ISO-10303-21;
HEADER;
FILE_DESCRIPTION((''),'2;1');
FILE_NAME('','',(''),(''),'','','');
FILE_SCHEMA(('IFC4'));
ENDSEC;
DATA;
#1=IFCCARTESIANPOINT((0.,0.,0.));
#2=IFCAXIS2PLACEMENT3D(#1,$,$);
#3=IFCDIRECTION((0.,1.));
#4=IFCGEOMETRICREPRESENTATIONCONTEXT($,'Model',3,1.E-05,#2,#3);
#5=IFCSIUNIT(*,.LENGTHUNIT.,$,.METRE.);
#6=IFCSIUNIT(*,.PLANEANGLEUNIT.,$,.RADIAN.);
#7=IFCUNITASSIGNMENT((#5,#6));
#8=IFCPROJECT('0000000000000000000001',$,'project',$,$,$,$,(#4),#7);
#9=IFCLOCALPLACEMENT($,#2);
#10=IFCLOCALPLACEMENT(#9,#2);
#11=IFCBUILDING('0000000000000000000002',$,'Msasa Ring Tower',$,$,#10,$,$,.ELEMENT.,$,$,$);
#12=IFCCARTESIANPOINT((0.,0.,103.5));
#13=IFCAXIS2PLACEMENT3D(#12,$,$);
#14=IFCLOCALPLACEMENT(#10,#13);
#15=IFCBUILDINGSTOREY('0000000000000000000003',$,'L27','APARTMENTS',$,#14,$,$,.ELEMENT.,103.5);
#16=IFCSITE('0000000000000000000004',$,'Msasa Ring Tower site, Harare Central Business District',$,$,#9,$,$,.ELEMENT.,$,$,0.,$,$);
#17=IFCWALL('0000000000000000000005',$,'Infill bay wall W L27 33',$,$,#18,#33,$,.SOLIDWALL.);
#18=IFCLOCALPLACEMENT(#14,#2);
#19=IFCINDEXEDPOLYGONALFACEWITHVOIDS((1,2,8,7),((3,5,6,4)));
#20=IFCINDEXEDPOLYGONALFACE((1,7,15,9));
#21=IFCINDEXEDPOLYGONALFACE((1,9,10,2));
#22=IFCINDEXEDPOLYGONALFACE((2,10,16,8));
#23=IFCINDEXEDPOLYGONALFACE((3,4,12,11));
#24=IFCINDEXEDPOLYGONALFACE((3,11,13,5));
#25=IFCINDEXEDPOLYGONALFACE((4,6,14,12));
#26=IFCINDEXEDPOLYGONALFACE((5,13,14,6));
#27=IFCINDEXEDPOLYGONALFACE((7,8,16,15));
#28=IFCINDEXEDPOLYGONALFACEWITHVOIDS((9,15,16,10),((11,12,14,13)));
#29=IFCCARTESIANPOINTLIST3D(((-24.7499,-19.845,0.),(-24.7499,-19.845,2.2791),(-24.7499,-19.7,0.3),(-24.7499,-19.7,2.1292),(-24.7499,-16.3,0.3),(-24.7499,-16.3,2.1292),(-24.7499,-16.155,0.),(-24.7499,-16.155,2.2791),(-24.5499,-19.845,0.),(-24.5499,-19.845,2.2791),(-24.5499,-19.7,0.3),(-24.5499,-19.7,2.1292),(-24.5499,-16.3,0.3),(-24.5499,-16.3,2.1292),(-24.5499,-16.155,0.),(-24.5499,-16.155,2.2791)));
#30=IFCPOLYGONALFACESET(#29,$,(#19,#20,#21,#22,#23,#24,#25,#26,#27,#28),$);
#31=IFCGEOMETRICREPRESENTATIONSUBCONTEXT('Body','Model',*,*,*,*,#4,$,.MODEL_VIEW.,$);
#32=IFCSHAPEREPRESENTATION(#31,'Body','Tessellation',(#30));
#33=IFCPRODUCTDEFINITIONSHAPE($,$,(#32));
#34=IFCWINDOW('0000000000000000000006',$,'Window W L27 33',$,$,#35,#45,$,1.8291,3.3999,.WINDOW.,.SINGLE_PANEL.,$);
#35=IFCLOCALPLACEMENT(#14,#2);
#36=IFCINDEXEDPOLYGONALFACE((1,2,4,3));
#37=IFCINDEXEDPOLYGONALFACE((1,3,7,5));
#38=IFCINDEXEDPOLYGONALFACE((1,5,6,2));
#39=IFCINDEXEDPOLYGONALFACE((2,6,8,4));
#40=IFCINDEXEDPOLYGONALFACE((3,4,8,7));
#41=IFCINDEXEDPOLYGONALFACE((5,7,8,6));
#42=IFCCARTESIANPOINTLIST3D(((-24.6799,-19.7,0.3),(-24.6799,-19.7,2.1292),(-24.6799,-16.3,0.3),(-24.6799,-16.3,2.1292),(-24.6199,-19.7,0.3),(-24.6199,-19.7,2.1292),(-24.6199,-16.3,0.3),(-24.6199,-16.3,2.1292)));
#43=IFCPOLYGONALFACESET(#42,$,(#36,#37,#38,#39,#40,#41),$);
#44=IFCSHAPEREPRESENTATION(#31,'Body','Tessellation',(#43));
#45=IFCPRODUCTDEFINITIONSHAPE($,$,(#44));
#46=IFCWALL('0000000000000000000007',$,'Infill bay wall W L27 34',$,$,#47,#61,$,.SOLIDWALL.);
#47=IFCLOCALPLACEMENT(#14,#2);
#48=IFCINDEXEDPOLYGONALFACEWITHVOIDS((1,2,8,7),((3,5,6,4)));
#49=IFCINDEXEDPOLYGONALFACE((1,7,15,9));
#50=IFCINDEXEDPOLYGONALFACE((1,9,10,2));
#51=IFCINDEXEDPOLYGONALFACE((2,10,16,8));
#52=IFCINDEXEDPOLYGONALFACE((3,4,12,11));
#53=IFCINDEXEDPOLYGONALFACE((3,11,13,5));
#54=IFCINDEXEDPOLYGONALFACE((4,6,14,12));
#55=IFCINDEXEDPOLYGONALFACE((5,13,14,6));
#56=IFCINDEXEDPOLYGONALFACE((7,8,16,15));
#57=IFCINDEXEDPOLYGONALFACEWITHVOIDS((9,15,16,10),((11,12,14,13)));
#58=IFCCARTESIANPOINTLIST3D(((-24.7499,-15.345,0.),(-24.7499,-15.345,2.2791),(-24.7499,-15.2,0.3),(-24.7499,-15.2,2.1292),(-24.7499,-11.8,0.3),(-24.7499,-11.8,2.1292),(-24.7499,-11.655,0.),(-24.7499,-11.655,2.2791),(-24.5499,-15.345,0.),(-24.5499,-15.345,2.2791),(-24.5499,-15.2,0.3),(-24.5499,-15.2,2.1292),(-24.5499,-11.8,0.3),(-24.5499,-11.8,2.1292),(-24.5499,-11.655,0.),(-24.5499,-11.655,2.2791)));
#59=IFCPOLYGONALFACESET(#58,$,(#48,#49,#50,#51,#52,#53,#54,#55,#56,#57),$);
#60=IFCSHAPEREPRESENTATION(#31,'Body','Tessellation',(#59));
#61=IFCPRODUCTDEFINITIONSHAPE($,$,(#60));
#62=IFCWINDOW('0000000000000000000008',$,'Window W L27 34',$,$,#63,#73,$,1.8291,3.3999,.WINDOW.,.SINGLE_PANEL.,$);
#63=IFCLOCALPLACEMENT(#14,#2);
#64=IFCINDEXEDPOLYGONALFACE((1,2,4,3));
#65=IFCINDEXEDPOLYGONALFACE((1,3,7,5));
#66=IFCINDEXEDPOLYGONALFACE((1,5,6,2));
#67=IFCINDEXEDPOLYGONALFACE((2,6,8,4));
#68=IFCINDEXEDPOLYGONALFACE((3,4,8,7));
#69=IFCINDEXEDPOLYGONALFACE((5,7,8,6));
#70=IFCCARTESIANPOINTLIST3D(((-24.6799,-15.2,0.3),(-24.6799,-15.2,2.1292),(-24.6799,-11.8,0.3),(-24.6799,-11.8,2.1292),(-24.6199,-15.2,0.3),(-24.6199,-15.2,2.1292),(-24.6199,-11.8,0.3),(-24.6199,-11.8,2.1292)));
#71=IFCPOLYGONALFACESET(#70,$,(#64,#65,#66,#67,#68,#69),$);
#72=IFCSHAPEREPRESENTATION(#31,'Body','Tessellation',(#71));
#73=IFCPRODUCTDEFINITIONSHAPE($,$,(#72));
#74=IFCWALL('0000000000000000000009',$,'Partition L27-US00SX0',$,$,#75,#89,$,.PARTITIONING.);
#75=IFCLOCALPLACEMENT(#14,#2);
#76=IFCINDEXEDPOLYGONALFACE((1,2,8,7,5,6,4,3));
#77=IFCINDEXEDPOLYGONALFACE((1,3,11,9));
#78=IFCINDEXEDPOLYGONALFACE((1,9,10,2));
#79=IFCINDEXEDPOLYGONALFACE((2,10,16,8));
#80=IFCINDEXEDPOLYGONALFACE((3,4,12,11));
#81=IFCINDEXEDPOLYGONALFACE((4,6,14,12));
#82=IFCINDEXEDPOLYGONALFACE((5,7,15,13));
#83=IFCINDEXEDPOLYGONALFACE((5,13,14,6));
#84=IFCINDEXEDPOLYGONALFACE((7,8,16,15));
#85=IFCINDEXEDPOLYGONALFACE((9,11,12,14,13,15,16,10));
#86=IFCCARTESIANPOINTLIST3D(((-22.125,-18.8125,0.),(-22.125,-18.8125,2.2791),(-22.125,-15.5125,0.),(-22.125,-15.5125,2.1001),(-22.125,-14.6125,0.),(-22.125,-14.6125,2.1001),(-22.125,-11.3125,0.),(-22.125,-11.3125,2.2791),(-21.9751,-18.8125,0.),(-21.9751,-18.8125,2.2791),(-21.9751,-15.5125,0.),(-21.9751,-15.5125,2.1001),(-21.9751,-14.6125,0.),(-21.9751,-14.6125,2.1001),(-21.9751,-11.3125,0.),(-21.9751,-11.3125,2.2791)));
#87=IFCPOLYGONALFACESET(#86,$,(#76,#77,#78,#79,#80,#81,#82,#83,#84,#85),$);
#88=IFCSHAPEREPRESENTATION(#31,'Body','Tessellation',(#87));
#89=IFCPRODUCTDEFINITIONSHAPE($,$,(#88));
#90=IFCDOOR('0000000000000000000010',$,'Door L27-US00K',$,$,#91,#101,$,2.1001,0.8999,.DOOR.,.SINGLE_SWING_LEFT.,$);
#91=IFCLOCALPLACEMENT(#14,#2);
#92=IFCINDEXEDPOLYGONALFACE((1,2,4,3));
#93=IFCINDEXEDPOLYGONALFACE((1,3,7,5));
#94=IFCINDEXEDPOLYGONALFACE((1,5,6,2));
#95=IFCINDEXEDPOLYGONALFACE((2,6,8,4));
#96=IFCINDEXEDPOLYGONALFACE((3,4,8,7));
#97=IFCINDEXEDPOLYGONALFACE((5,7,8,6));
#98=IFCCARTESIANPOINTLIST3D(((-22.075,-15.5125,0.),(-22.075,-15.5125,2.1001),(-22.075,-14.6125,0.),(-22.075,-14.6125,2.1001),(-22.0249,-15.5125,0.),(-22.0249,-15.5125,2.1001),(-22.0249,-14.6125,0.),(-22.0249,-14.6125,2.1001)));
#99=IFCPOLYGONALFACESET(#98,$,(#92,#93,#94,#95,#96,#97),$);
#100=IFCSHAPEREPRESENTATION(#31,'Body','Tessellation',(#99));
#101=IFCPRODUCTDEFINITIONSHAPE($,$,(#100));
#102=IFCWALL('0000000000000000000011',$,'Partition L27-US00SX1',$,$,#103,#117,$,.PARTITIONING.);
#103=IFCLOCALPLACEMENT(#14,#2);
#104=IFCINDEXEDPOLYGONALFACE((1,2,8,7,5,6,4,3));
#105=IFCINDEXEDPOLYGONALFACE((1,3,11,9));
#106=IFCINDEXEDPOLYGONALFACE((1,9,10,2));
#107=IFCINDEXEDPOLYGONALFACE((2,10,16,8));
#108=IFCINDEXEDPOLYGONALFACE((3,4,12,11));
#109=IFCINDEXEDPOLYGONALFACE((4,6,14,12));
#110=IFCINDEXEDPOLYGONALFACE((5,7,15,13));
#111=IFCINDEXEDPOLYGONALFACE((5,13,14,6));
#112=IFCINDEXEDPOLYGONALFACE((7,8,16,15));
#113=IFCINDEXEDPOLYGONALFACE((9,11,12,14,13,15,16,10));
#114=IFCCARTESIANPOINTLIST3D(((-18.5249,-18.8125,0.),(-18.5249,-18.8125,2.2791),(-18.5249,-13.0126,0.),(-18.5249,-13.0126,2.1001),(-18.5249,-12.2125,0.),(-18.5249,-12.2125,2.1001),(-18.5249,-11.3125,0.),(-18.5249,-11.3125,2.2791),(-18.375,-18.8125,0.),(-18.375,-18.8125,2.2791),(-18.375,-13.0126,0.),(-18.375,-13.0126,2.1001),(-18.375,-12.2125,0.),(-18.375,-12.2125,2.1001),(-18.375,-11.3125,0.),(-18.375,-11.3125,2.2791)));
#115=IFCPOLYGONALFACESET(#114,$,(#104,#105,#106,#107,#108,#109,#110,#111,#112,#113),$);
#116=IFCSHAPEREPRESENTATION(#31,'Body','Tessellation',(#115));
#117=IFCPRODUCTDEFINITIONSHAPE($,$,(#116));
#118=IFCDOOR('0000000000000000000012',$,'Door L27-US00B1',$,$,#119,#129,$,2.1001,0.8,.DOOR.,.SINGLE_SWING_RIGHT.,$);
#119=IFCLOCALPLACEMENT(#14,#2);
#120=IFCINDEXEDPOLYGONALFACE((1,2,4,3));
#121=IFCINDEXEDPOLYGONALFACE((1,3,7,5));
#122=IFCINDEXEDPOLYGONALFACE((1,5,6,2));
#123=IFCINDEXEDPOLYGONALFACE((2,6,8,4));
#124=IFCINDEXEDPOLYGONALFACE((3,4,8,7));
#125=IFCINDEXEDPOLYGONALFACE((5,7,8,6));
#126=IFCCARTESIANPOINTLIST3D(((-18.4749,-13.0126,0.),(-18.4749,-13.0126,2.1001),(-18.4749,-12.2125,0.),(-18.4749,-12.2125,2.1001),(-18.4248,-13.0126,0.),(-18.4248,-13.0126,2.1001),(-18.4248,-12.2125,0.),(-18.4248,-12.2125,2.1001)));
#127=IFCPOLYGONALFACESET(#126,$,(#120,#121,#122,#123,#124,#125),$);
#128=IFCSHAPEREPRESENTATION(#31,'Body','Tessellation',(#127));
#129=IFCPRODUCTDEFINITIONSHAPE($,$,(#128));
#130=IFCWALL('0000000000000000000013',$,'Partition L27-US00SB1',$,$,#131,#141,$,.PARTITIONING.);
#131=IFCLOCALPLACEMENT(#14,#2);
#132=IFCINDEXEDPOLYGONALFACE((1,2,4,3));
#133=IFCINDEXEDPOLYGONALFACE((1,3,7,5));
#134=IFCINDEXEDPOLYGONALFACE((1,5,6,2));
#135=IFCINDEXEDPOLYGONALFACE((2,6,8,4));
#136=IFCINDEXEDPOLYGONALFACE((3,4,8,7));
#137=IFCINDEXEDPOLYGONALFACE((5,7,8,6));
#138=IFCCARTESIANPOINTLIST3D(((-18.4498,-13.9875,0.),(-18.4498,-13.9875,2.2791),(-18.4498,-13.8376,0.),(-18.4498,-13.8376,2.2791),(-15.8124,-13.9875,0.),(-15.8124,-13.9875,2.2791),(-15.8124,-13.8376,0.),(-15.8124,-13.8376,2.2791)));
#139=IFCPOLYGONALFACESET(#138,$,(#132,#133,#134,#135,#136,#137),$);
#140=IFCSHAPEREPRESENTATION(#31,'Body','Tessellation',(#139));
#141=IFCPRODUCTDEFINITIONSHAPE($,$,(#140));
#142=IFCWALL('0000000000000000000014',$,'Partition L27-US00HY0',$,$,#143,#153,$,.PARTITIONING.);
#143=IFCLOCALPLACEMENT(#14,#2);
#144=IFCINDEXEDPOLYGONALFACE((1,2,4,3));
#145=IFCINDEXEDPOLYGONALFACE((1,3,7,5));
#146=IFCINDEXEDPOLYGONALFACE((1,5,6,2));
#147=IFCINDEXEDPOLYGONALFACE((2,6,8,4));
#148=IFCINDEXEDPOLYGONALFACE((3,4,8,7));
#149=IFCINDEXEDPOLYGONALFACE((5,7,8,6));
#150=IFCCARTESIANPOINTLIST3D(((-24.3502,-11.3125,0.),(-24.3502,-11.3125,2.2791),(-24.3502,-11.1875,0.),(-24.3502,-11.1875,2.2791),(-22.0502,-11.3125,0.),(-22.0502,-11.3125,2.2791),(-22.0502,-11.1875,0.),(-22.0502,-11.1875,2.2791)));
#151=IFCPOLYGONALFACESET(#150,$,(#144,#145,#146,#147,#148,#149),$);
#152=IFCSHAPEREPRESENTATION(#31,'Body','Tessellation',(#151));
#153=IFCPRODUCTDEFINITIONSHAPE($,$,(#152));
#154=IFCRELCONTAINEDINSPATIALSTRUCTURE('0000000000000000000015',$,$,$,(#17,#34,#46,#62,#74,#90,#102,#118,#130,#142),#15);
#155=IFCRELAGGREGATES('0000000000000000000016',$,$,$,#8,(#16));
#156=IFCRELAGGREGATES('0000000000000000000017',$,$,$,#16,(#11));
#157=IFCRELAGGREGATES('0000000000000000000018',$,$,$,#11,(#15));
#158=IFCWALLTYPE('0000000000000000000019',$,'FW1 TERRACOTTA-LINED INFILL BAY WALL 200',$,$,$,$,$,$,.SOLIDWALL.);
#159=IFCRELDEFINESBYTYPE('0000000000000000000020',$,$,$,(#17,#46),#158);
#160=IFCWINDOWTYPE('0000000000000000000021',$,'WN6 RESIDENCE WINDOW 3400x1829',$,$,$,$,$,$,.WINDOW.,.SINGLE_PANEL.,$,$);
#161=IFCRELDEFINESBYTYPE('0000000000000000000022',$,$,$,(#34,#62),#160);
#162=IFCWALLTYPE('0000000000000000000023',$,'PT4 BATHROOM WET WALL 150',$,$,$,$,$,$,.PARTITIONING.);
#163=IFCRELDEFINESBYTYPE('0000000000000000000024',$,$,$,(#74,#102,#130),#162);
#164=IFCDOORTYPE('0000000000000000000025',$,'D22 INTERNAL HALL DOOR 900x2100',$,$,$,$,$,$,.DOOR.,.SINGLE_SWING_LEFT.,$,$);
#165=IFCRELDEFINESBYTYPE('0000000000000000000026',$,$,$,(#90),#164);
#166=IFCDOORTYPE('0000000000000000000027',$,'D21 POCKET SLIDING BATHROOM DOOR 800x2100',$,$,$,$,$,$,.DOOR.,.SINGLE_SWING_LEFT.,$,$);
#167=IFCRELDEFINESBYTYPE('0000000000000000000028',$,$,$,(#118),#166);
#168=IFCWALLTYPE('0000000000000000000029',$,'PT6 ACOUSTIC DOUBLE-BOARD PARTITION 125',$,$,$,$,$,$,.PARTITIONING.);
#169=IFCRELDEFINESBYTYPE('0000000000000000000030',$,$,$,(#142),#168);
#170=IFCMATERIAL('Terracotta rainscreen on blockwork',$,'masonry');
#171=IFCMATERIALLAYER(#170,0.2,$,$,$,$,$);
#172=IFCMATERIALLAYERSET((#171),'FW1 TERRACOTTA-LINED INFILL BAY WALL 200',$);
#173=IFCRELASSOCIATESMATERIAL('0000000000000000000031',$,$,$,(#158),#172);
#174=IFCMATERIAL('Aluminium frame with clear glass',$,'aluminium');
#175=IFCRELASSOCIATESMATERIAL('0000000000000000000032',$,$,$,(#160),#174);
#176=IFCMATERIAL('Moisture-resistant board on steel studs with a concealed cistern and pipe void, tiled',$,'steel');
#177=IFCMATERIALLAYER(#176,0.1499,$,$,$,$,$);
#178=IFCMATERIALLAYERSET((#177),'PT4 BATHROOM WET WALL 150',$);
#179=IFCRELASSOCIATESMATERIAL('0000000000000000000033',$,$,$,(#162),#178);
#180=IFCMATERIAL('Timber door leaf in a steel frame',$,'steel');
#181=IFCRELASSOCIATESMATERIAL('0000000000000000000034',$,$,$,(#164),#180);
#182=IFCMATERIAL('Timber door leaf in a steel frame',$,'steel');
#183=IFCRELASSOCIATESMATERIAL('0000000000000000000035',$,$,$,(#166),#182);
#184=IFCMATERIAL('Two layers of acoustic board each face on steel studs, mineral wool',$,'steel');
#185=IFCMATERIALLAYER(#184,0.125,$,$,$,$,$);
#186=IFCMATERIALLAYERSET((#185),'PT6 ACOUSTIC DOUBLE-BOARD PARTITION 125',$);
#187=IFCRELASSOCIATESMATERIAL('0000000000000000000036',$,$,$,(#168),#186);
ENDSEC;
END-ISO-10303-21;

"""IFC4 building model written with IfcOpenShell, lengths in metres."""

from ifc_helpers import new_model, si_unit, direction, frame, frame_2d, origin, place, context, subcontext, project, spatial, rectangle, extrude, material, layer, layer_set, type_object, element, fill, save


model = new_model("IFC4")

# Units and contexts
model_context = context("Model", 3, precision=1e-05, world=origin(), true_north=direction((0.0, 1.0)))
body_context = subcontext(model_context, "Body", "Model", "MODEL_VIEW")
ifc_project = project(units=[si_unit("LENGTHUNIT", "METRE"), si_unit("PLANEANGLEUNIT", "RADIAN")], contexts=[model_context])

# Site, building, storey
site_placement = place(None, origin())
site = spatial("IfcSite", under=ifc_project, at=site_placement, Name="Msasa Ring Tower site, Harare Central Business District", CompositionType="ELEMENT", RefElevation=0.0)
building_placement = place(site_placement, origin())
building = spatial("IfcBuilding", under=site, at=building_placement, Name="Msasa Ring Tower", CompositionType="ELEMENT")
storey_placement = place(building_placement, frame((0.0, 0.0, 103.5)))
storey = spatial("IfcBuildingStorey", under=building, at=storey_placement, Name="L27", Description="APARTMENTS", CompositionType="ELEMENT", Elevation=103.5)

# Walls, openings, windows
ifc_material_1 = material(Name="Terracotta rainscreen on blockwork", Category="masonry")
ifc_layer_1 = layer(ifc_material_1, 0.2)
ifc_layer_set_1 = layer_set([ifc_layer_1], Name="FW1 TERRACOTTA-LINED INFILL BAY WALL 200")
wall_type_1 = type_object("IfcWallType", Name="FW1 TERRACOTTA-LINED INFILL BAY WALL 200", PredefinedType="SOLIDWALL", material=ifc_layer_set_1)
wall_1_placement = place(storey_placement, frame((-24.6499, -19.845, 0.0), z_axis=(0.0, 0.0, 1.0), x_axis=(0.0, 1.0, 0.0)))
wall_1 = element("IfcWall", 1, at=wall_1_placement, inside=storey, type_object=wall_type_1, Name="Infill bay wall W L27 33", PredefinedType="SOLIDWALL", context=body_context, shape_type="SweptSolid", body=[
    extrude(rectangle(XDim=3.6899, YDim=0.2, at=frame_2d((1.845, 0.0))), origin(), (0.0, 0.0, 1.0), 2.2791),
])
opening_1_placement = place(wall_1_placement, frame((0.145, 0.0, 0.3)))
opening_1 = element("IfcOpeningElement", 2, at=opening_1_placement, cuts=wall_1, PredefinedType="OPENING", context=body_context, shape_type="SweptSolid", body=[
    extrude(rectangle(XDim=3.3999, YDim=1.8291, at=frame_2d((1.7, 0.9146))), frame((0.0, 0.1099, 0.0), z_axis=(0.0, -1.0, 0.0), x_axis=(1.0, 0.0, 0.0)), (0.0, 0.0, 1.0), 0.22),
])
ifc_material_2 = material(Name="Aluminium frame with clear glass", Category="aluminium")
window_type = type_object("IfcWindowType", Name="WN6 RESIDENCE WINDOW 3400x1829", PartitioningType="SINGLE_PANEL", PredefinedType="WINDOW", material=ifc_material_2)
window_1_placement = place(opening_1_placement, origin())
window_1 = element("IfcWindow", 3, at=window_1_placement, inside=storey, type_object=window_type, Name="Window W L27 33", OverallHeight=1.8291, OverallWidth=3.3999, PartitioningType="SINGLE_PANEL", PredefinedType="WINDOW", context=body_context, shape_type="SweptSolid", body=[
    extrude(rectangle(XDim=3.3999, YDim=1.8291, at=frame_2d((1.7, 0.9146))), frame((0.0, 0.03, 0.0), z_axis=(0.0, -1.0, 0.0), x_axis=(1.0, 0.0, 0.0)), (0.0, 0.0, 1.0), 0.0601),
])
fill(opening_1, window_1)
wall_2_placement = place(storey_placement, frame((-24.6499, -15.345, 0.0), z_axis=(0.0, 0.0, 1.0), x_axis=(0.0, 1.0, 0.0)))
wall_2 = element("IfcWall", 4, at=wall_2_placement, inside=storey, type_object=wall_type_1, Name="Infill bay wall W L27 34", PredefinedType="SOLIDWALL", context=body_context, shape_type="SweptSolid", body=[
    extrude(rectangle(XDim=3.6899, YDim=0.2, at=frame_2d((1.845, 0.0))), origin(), (0.0, 0.0, 1.0), 2.2791),
])
opening_2_placement = place(wall_2_placement, frame((0.145, 0.0, 0.3)))
opening_2 = element("IfcOpeningElement", 5, at=opening_2_placement, cuts=wall_2, PredefinedType="OPENING", context=body_context, shape_type="SweptSolid", body=[
    extrude(rectangle(XDim=3.3999, YDim=1.8291, at=frame_2d((1.7, 0.9146))), frame((0.0, 0.1099, 0.0), z_axis=(0.0, -1.0, 0.0), x_axis=(1.0, 0.0, 0.0)), (0.0, 0.0, 1.0), 0.22),
])
window_2_placement = place(opening_2_placement, origin())
window_2 = element("IfcWindow", 6, at=window_2_placement, inside=storey, type_object=window_type, Name="Window W L27 34", OverallHeight=1.8291, OverallWidth=3.3999, PartitioningType="SINGLE_PANEL", PredefinedType="WINDOW", context=body_context, shape_type="SweptSolid", body=[
    extrude(rectangle(XDim=3.3999, YDim=1.8291, at=frame_2d((1.7, 0.9146))), frame((0.0, 0.03, 0.0), z_axis=(0.0, -1.0, 0.0), x_axis=(1.0, 0.0, 0.0)), (0.0, 0.0, 1.0), 0.0601),
])
fill(opening_2, window_2)

# Walls, openings, doors
ifc_material_3 = material(Name="Moisture-resistant board on steel studs with a concealed cistern and pipe void, tiled", Category="steel")
ifc_layer_2 = layer(ifc_material_3, 0.1499)
ifc_layer_set_2 = layer_set([ifc_layer_2], Name="PT4 BATHROOM WET WALL 150")
wall_type_2 = type_object("IfcWallType", Name="PT4 BATHROOM WET WALL 150", PredefinedType="PARTITIONING", material=ifc_layer_set_2)
wall_3_placement = place(storey_placement, frame((-22.05, -18.8125, 0.0), z_axis=(0.0, 0.0, 1.0), x_axis=(0.0, 1.0, 0.0)))
wall_3 = element("IfcWall", 7, at=wall_3_placement, inside=storey, type_object=wall_type_2, Name="Partition L27-US00SX0", PredefinedType="PARTITIONING", context=body_context, shape_type="SweptSolid", body=[
    extrude(rectangle(XDim=7.5, YDim=0.1499, at=frame_2d((3.75, 0.0))), origin(), (0.0, 0.0, 1.0), 2.2791),
])
opening_3_placement = place(wall_3_placement, frame((3.3, 0.0, 0.0)))
opening_3 = element("IfcOpeningElement", 8, at=opening_3_placement, cuts=wall_3, PredefinedType="OPENING", context=body_context, shape_type="SweptSolid", body=[
    extrude(rectangle(XDim=0.8999, YDim=2.1001, at=frame_2d((0.45, 1.05))), frame((0.0, 0.085, 0.0), z_axis=(0.0, -1.0, 0.0), x_axis=(1.0, 0.0, 0.0)), (0.0, 0.0, 1.0), 0.1699),
])
ifc_material_4 = material(Name="Timber door leaf in a steel frame", Category="steel")
door_type_1 = type_object("IfcDoorType", Name="D22 INTERNAL HALL DOOR 900x2100", OperationType="SINGLE_SWING_LEFT", PredefinedType="DOOR", material=ifc_material_4)
door_1_placement = place(opening_3_placement, origin())
door_1 = element("IfcDoor", 9, at=door_1_placement, inside=storey, type_object=door_type_1, Name="Door L27-US00K", OperationType="SINGLE_SWING_LEFT", OverallHeight=2.1001, OverallWidth=0.8999, PredefinedType="DOOR", context=body_context, shape_type="SweptSolid", body=[
    extrude(rectangle(XDim=0.8999, YDim=2.1001, at=frame_2d((0.45, 1.05))), frame((0.0, 0.0249, 0.0), z_axis=(0.0, -1.0, 0.0), x_axis=(1.0, 0.0, 0.0)), (0.0, 0.0, 1.0), 0.05),
])
fill(opening_3, door_1)
wall_4_placement = place(storey_placement, frame((-18.45, -18.8125, 0.0), z_axis=(0.0, 0.0, 1.0), x_axis=(0.0, 1.0, 0.0)))
wall_4 = element("IfcWall", 10, at=wall_4_placement, inside=storey, type_object=wall_type_2, Name="Partition L27-US00SX1", PredefinedType="PARTITIONING", context=body_context, shape_type="SweptSolid", body=[
    extrude(rectangle(XDim=7.5, YDim=0.1499, at=frame_2d((3.75, 0.0))), origin(), (0.0, 0.0, 1.0), 2.2791),
])
opening_4_placement = place(wall_4_placement, frame((5.8, 0.0, 0.0)))
opening_4 = element("IfcOpeningElement", 11, at=opening_4_placement, cuts=wall_4, PredefinedType="OPENING", context=body_context, shape_type="SweptSolid", body=[
    extrude(rectangle(XDim=0.8, YDim=2.1001, at=frame_2d((0.3999, 1.05))), frame((0.0, 0.085, 0.0), z_axis=(0.0, -1.0, 0.0), x_axis=(1.0, 0.0, 0.0)), (0.0, 0.0, 1.0), 0.1699),
])
ifc_material_5 = material(Name="Timber door leaf in a steel frame", Category="steel")
door_type_2 = type_object("IfcDoorType", Name="D21 POCKET SLIDING BATHROOM DOOR 800x2100", OperationType="SINGLE_SWING_LEFT", PredefinedType="DOOR", material=ifc_material_5)
door_2_placement = place(opening_4_placement, origin())
door_2 = element("IfcDoor", 12, at=door_2_placement, inside=storey, type_object=door_type_2, Name="Door L27-US00B1", OperationType="SINGLE_SWING_RIGHT", OverallHeight=2.1001, OverallWidth=0.8, PredefinedType="DOOR", context=body_context, shape_type="SweptSolid", body=[
    extrude(rectangle(XDim=0.8, YDim=2.1001, at=frame_2d((0.3999, 1.05))), frame((0.0, 0.0249, 0.0), z_axis=(0.0, -1.0, 0.0), x_axis=(1.0, 0.0, 0.0)), (0.0, 0.0, 1.0), 0.05),
])
fill(opening_4, door_2)

# Walls
wall_5_placement = place(storey_placement, frame((-18.45, -13.9126, 0.0), z_axis=(0.0, 0.0, 1.0), x_axis=(1.0, 0.0, 0.0)))
element("IfcWall", 13, at=wall_5_placement, inside=storey, type_object=wall_type_2, Name="Partition L27-US00SB1", PredefinedType="PARTITIONING", context=body_context, shape_type="SweptSolid", body=[
    extrude(rectangle(XDim=2.6375, YDim=0.1499, at=frame_2d((1.3188, 0.0))), origin(), (0.0, 0.0, 1.0), 2.2791),
])
ifc_material_6 = material(Name="Two layers of acoustic board each face on steel studs, mineral wool", Category="steel")
ifc_layer_3 = layer(ifc_material_6, 0.125)
ifc_layer_set_3 = layer_set([ifc_layer_3], Name="PT6 ACOUSTIC DOUBLE-BOARD PARTITION 125")
wall_type_3 = type_object("IfcWallType", Name="PT6 ACOUSTIC DOUBLE-BOARD PARTITION 125", PredefinedType="PARTITIONING", material=ifc_layer_set_3)
wall_6_placement = place(storey_placement, frame((-24.3501, -11.25, 0.0), z_axis=(0.0, 0.0, 1.0), x_axis=(1.0, 0.0, 0.0)))
element("IfcWall", 14, at=wall_6_placement, inside=storey, type_object=wall_type_3, Name="Partition L27-US00HY0", PredefinedType="PARTITIONING", context=body_context, shape_type="SweptSolid", body=[
    extrude(rectangle(XDim=2.3, YDim=0.125, at=frame_2d((1.1499, 0.0))), origin(), (0.0, 0.0, 1.0), 2.2791),
])

save(model, "model.ifc")
